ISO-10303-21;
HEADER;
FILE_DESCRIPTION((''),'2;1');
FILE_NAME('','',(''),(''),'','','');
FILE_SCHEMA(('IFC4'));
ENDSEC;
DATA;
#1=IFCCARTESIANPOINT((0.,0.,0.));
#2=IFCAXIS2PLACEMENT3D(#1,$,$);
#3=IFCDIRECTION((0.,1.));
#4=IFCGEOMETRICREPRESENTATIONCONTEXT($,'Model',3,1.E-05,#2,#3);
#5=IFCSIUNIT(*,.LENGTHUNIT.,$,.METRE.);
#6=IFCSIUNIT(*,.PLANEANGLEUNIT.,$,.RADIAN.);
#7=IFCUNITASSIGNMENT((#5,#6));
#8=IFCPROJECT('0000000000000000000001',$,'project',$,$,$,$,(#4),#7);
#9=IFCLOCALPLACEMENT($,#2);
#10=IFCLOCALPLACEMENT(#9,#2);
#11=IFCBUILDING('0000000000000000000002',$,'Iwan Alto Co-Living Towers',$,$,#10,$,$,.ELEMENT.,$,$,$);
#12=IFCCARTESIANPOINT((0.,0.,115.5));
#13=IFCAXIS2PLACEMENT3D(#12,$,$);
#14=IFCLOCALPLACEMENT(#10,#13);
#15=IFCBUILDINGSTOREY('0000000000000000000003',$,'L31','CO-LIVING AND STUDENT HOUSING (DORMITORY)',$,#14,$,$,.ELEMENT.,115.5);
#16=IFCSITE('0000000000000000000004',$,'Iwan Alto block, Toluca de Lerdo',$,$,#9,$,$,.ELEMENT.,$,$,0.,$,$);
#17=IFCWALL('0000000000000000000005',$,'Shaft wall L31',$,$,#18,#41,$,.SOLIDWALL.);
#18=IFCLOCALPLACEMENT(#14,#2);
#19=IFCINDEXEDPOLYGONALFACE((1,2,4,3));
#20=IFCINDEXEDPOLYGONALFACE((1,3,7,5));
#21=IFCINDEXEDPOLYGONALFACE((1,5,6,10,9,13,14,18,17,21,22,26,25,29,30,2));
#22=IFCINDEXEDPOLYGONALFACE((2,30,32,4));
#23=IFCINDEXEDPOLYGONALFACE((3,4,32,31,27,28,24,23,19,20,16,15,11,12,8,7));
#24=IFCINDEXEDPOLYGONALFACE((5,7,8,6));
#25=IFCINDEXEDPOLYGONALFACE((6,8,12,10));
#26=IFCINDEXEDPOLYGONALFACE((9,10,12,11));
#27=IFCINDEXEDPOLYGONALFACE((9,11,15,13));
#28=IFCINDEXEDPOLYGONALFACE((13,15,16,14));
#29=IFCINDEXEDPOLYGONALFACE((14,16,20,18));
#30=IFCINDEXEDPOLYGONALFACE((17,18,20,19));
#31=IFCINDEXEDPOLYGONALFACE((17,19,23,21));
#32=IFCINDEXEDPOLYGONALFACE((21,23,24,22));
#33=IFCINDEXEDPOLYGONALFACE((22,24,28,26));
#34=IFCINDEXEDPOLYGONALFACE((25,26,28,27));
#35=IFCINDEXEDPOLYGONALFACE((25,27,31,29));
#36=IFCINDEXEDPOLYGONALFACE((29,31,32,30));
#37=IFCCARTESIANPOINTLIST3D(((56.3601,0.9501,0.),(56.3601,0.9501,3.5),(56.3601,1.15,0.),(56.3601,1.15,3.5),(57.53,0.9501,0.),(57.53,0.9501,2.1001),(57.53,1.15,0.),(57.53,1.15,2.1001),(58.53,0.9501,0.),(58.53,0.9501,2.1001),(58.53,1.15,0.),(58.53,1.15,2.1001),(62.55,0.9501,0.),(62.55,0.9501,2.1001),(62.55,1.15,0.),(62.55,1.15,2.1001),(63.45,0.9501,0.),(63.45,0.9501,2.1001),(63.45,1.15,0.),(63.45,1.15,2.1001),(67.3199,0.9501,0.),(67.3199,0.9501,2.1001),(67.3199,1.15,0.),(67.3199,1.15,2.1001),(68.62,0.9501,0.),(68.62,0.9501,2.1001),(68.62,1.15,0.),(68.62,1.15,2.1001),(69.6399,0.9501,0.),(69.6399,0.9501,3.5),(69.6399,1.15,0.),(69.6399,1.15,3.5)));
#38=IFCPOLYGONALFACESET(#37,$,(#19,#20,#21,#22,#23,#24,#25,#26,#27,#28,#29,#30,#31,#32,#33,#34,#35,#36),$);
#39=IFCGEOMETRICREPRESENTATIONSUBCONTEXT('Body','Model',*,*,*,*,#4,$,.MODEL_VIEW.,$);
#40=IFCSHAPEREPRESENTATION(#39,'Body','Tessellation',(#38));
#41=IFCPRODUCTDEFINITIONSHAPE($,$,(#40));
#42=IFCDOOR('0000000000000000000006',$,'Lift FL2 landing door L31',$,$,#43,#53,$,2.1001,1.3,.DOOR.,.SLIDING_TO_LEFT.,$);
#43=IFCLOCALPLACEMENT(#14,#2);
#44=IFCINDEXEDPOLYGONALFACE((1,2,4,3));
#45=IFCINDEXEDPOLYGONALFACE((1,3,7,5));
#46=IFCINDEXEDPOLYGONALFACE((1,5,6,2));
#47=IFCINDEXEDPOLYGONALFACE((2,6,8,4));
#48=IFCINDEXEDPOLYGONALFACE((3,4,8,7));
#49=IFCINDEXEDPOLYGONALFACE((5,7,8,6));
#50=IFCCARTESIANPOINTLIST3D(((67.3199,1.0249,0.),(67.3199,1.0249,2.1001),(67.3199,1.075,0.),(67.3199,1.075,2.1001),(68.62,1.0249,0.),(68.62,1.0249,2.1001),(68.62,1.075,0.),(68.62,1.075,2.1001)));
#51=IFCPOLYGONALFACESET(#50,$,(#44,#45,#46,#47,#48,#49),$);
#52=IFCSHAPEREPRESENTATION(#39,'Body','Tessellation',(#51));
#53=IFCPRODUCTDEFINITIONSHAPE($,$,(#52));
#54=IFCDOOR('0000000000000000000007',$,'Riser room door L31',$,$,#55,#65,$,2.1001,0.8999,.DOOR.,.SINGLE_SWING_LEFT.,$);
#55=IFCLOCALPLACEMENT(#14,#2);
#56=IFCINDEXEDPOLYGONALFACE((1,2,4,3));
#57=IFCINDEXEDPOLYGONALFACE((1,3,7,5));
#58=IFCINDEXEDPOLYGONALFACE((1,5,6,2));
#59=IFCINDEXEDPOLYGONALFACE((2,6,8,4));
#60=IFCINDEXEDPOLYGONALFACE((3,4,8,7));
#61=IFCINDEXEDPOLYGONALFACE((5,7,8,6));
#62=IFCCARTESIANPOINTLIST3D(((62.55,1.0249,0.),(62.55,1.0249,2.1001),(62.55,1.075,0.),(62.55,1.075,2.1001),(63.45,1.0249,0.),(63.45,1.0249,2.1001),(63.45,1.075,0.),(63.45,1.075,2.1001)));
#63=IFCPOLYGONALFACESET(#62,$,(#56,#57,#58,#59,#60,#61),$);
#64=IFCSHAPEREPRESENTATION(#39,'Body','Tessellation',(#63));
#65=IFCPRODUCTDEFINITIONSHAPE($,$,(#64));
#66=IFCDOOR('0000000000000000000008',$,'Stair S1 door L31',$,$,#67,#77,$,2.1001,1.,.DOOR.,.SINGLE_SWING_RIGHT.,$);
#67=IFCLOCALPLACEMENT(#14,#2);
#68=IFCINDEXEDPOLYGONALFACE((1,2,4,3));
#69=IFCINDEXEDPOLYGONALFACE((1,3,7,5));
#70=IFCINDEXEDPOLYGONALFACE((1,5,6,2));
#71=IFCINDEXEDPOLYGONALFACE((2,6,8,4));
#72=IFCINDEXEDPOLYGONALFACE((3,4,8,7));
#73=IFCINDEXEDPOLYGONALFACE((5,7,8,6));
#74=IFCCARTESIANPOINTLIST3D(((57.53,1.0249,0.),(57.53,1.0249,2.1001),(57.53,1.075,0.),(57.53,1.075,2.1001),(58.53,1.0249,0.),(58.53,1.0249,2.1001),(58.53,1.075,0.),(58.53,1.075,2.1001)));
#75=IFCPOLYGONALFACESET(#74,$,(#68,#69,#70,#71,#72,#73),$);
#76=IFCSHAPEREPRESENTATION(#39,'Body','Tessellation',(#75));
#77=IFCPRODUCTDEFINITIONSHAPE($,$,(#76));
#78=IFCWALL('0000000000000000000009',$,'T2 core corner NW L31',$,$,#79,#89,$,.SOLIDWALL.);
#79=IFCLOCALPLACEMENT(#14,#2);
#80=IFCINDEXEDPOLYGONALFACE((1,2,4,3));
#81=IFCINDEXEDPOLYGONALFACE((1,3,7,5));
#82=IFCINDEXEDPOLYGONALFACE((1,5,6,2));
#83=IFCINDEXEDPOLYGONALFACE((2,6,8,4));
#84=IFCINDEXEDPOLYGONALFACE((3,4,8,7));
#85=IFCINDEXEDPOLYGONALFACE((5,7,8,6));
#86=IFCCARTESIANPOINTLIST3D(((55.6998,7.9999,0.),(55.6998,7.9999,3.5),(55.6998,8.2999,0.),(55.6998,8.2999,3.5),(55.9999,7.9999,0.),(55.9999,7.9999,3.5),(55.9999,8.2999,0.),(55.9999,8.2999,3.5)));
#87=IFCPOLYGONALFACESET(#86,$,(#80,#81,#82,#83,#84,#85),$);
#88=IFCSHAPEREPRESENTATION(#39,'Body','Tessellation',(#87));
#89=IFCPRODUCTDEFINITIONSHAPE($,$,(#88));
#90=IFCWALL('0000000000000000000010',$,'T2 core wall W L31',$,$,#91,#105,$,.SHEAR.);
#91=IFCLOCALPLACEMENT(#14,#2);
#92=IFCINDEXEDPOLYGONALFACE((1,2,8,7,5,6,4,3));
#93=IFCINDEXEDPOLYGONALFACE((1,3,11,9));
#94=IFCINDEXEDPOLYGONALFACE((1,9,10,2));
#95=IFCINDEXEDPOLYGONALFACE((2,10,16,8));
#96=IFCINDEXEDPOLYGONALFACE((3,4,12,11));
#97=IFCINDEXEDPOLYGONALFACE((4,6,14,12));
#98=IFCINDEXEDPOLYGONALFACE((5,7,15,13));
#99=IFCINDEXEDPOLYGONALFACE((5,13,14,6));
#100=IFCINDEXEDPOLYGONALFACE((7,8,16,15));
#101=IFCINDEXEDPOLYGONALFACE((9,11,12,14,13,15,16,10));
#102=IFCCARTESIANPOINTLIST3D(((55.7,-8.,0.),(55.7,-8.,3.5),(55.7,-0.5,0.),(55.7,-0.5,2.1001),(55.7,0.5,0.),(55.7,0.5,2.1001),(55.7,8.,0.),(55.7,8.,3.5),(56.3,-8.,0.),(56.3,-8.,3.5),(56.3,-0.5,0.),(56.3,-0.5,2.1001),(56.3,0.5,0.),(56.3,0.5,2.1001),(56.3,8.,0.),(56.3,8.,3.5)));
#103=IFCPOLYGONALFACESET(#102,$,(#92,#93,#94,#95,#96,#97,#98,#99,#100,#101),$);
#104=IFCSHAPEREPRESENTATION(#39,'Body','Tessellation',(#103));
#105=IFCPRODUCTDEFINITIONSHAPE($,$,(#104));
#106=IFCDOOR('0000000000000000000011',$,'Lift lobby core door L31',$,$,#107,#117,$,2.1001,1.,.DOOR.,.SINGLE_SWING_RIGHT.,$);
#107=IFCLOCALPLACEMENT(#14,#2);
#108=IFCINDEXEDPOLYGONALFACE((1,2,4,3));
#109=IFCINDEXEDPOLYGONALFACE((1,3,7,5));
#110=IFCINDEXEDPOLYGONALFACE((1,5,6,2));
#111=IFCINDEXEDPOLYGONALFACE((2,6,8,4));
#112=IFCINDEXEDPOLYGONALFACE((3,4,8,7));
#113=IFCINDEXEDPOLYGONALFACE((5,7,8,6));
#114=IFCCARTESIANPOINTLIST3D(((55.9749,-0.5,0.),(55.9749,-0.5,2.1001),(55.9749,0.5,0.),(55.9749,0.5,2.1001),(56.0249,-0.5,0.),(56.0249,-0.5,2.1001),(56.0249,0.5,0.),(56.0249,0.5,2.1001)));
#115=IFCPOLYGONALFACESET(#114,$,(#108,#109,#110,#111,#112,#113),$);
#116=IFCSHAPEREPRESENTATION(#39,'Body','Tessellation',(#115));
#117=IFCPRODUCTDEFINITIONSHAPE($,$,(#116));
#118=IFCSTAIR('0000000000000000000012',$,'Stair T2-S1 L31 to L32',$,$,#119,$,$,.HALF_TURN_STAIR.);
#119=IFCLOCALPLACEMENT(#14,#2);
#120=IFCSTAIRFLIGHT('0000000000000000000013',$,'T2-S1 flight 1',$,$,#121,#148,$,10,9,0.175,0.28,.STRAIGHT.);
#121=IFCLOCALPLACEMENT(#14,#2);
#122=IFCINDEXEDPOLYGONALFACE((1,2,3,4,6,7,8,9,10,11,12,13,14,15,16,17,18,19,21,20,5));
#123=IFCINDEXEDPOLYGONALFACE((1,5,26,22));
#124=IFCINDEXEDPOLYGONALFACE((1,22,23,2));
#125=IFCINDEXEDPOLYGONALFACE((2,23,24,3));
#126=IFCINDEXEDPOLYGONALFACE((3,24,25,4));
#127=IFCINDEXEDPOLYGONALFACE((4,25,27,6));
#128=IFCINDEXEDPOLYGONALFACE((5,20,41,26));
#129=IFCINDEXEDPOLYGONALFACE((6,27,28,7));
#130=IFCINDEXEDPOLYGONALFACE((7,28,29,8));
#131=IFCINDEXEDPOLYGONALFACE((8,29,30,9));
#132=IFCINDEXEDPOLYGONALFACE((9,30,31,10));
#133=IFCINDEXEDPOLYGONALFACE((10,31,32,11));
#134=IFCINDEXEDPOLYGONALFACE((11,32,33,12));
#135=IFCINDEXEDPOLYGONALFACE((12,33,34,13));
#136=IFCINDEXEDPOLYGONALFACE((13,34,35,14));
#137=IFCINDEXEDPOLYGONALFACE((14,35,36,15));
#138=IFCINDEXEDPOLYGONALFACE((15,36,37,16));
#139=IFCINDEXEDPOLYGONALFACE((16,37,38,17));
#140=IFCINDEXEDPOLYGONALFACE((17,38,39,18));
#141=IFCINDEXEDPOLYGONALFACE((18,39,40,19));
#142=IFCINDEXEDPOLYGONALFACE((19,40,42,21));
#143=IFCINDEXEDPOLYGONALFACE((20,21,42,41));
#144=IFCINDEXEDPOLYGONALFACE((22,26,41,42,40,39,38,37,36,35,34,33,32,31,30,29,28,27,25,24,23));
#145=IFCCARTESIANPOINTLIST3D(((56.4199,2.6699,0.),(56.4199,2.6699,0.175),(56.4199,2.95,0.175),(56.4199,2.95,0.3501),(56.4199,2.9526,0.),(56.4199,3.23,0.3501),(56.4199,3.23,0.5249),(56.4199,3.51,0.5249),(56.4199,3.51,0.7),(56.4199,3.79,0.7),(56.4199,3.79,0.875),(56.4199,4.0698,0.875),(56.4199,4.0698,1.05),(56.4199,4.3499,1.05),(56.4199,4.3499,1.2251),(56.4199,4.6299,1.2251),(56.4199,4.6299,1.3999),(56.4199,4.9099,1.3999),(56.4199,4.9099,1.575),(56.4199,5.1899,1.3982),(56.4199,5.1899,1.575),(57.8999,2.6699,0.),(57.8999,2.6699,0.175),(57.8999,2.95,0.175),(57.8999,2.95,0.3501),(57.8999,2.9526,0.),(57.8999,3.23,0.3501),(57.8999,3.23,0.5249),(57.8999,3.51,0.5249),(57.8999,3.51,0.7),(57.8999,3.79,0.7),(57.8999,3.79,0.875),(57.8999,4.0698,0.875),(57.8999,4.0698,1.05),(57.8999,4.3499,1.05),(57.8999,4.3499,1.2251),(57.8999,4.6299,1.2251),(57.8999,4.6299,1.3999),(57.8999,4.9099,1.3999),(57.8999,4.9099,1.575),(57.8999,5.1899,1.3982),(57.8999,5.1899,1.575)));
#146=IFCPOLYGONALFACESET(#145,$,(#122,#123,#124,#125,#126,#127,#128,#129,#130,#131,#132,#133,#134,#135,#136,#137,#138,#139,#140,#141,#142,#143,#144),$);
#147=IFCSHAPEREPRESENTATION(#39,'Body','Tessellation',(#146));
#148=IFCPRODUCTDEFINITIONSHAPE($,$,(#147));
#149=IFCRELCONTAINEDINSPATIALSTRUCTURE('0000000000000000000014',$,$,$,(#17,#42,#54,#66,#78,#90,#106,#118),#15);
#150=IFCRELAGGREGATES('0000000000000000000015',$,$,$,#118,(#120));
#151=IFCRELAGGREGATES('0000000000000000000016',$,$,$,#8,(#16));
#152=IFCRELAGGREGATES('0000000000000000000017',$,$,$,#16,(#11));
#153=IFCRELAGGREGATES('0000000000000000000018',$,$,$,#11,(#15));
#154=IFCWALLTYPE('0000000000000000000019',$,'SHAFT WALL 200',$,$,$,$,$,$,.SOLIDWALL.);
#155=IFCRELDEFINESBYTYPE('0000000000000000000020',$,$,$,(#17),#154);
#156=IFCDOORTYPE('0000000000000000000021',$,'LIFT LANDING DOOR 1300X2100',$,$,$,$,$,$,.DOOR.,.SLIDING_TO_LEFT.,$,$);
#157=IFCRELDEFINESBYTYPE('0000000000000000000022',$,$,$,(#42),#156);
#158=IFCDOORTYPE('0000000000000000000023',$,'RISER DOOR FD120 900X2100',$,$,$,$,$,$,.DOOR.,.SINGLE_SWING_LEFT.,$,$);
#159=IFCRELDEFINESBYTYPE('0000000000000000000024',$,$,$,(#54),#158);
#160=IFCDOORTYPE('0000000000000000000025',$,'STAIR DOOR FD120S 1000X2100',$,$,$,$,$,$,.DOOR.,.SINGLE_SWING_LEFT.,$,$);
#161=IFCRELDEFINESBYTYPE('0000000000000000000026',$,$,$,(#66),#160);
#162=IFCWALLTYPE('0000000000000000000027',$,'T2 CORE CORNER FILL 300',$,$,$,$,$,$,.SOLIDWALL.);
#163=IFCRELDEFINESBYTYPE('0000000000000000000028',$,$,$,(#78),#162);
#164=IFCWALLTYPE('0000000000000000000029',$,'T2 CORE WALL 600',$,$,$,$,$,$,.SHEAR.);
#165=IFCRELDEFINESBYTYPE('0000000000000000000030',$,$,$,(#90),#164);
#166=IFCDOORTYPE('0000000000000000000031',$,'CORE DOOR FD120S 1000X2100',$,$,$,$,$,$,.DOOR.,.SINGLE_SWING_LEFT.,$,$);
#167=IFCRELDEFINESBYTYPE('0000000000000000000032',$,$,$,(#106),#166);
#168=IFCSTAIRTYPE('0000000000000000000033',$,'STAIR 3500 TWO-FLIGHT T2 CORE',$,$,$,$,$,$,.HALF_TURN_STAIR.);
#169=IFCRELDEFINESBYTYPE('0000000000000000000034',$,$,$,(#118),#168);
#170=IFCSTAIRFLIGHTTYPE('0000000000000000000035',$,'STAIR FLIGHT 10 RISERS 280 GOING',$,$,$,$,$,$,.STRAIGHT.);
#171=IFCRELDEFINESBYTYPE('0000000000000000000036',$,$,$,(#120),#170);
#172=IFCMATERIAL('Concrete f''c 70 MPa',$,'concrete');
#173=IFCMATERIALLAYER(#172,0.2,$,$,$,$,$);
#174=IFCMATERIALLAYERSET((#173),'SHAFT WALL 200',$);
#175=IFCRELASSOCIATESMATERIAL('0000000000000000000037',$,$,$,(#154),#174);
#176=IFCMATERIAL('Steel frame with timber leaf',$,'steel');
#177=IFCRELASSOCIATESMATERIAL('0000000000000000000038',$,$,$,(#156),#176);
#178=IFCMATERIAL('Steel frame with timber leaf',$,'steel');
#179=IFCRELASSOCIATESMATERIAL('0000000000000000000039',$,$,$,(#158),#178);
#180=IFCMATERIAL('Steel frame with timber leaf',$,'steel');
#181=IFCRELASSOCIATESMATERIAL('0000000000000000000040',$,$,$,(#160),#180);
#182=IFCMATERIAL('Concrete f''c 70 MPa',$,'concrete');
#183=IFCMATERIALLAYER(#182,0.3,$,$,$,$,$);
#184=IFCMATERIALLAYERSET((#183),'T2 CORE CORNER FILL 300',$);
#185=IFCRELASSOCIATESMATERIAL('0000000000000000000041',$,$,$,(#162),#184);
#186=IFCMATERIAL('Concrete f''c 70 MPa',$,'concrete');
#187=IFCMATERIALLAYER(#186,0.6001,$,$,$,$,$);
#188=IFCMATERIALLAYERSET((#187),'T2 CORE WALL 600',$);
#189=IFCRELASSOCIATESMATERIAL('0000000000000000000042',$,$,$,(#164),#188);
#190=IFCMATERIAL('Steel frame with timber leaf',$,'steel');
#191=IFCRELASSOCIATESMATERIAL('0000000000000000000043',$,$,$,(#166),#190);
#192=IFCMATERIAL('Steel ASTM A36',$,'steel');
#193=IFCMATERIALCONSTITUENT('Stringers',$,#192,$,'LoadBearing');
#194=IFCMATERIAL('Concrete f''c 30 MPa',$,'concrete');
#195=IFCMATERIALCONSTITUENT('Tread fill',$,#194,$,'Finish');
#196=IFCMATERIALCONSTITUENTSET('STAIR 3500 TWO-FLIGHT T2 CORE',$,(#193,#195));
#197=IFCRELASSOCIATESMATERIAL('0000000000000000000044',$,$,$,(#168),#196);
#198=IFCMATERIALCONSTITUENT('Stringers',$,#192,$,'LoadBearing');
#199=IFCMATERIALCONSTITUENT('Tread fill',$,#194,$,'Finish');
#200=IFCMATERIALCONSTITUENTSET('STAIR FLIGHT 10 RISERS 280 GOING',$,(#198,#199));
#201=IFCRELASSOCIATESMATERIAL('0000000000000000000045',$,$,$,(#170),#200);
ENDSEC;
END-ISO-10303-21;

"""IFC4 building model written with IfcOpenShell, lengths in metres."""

from ifc_helpers import new_model, si_unit, direction, frame, frame_2d, origin, place, context, subcontext, project, spatial, polyline, rectangle, outline, extrude, material, layer, layer_set, constituent, constituent_set, type_object, element, fill, aggregate, save


model = new_model("IFC4")

# Units and contexts
model_context = context("Model", 3, precision=1e-05, world=origin(), true_north=direction((0.0, 1.0)))
body_context = subcontext(model_context, "Body", "Model", "MODEL_VIEW")
ifc_project = project(units=[si_unit("LENGTHUNIT", "METRE"), si_unit("PLANEANGLEUNIT", "RADIAN")], contexts=[model_context])

# Site, building, storey
site_placement = place(None, origin())
site = spatial("IfcSite", under=ifc_project, at=site_placement, Name="Iwan Alto block, Toluca de Lerdo", CompositionType="ELEMENT", RefElevation=0.0)
building_placement = place(site_placement, origin())
building = spatial("IfcBuilding", under=site, at=building_placement, Name="Iwan Alto Co-Living Towers", CompositionType="ELEMENT")
storey_placement = place(building_placement, frame((0.0, 0.0, 115.5)))
storey = spatial("IfcBuildingStorey", under=building, at=storey_placement, Name="L31", Description="CO-LIVING AND STUDENT HOUSING (DORMITORY)", CompositionType="ELEMENT", Elevation=115.5)

# Wall, openings, doors
ifc_material_1 = material(Name="Concrete f'c 70 MPa", Category="concrete")
ifc_layer_1 = layer(ifc_material_1, 0.2)
ifc_layer_set_1 = layer_set([ifc_layer_1], Name="SHAFT WALL 200")
wall_type_1 = type_object("IfcWallType", Name="SHAFT WALL 200", PredefinedType="SOLIDWALL", material=ifc_layer_set_1)
wall_1_placement = place(storey_placement, frame((56.3601, 1.05, 0.0), z_axis=(0.0, 0.0, 1.0), x_axis=(1.0, 0.0, 0.0)))
wall_1 = element("IfcWall", 1, at=wall_1_placement, inside=storey, type_object=wall_type_1, Name="Shaft wall L31", PredefinedType="SOLIDWALL", context=body_context, shape_type="SweptSolid", body=[
    extrude(rectangle(XDim=13.2798, YDim=0.2, at=frame_2d((6.6399, 0.0))), origin(), (0.0, 0.0, 1.0), 3.5),
])
opening_1_placement = place(wall_1_placement, frame((1.1699, 0.0, 0.0)))
opening_1 = element("IfcOpeningElement", 2, at=opening_1_placement, cuts=wall_1, PredefinedType="OPENING", context=body_context, shape_type="SweptSolid", body=[
    extrude(rectangle(XDim=1.0, YDim=2.1001, at=frame_2d((0.5, 1.05))), frame((0.0, 0.1099, 0.0), z_axis=(0.0, -1.0, 0.0), x_axis=(1.0, 0.0, 0.0)), (0.0, 0.0, 1.0), 0.22),
])
opening_2_placement = place(wall_1_placement, frame((6.1899, 0.0, 0.0)))
opening_2 = element("IfcOpeningElement", 3, at=opening_2_placement, cuts=wall_1, PredefinedType="OPENING", context=body_context, shape_type="SweptSolid", body=[
    extrude(rectangle(XDim=0.8999, YDim=2.1001, at=frame_2d((0.45, 1.05))), frame((0.0, 0.1099, 0.0), z_axis=(0.0, -1.0, 0.0), x_axis=(1.0, 0.0, 0.0)), (0.0, 0.0, 1.0), 0.22),
])
opening_3_placement = place(wall_1_placement, frame((10.96, 0.0, 0.0)))
opening_3 = element("IfcOpeningElement", 4, at=opening_3_placement, cuts=wall_1, PredefinedType="OPENING", context=body_context, shape_type="SweptSolid", body=[
    extrude(rectangle(XDim=1.3, YDim=2.1001, at=frame_2d((0.6499, 1.05))), frame((0.0, 0.1099, 0.0), z_axis=(0.0, -1.0, 0.0), x_axis=(1.0, 0.0, 0.0)), (0.0, 0.0, 1.0), 0.22),
])
ifc_material_2 = material(Name="Steel frame with timber leaf", Category="steel")
door_type_1 = type_object("IfcDoorType", Name="LIFT LANDING DOOR 1300X2100", OperationType="SLIDING_TO_LEFT", PredefinedType="DOOR", material=ifc_material_2)
door_1_placement = place(opening_3_placement, origin())
door_1 = element("IfcDoor", 5, at=door_1_placement, inside=storey, type_object=door_type_1, Name="Lift FL2 landing door L31", OperationType="SLIDING_TO_LEFT", OverallHeight=2.1001, OverallWidth=1.3, PredefinedType="DOOR", context=body_context, shape_type="SweptSolid", body=[
    extrude(rectangle(XDim=1.3, YDim=2.1001, at=frame_2d((0.6499, 1.05))), frame((0.0, 0.0249, 0.0), z_axis=(0.0, -1.0, 0.0), x_axis=(1.0, 0.0, 0.0)), (0.0, 0.0, 1.0), 0.05),
])
fill(opening_3, door_1)
ifc_material_3 = material(Name="Steel frame with timber leaf", Category="steel")
door_type_2 = type_object("IfcDoorType", Name="RISER DOOR FD120 900X2100", OperationType="SINGLE_SWING_LEFT", PredefinedType="DOOR", material=ifc_material_3)
door_2_placement = place(opening_2_placement, origin())
door_2 = element("IfcDoor", 6, at=door_2_placement, inside=storey, type_object=door_type_2, Name="Riser room door L31", OperationType="SINGLE_SWING_LEFT", OverallHeight=2.1001, OverallWidth=0.8999, PredefinedType="DOOR", context=body_context, shape_type="SweptSolid", body=[
    extrude(rectangle(XDim=0.8999, YDim=2.1001, at=frame_2d((0.45, 1.05))), frame((0.0, 0.0249, 0.0), z_axis=(0.0, -1.0, 0.0), x_axis=(1.0, 0.0, 0.0)), (0.0, 0.0, 1.0), 0.05),
])
fill(opening_2, door_2)
ifc_material_4 = material(Name="Steel frame with timber leaf", Category="steel")
door_type_3 = type_object("IfcDoorType", Name="STAIR DOOR FD120S 1000X2100", OperationType="SINGLE_SWING_LEFT", PredefinedType="DOOR", material=ifc_material_4)
door_3_placement = place(opening_1_placement, origin())
door_3 = element("IfcDoor", 7, at=door_3_placement, inside=storey, type_object=door_type_3, Name="Stair S1 door L31", OperationType="SINGLE_SWING_RIGHT", OverallHeight=2.1001, OverallWidth=1.0, PredefinedType="DOOR", context=body_context, shape_type="SweptSolid", body=[
    extrude(rectangle(XDim=1.0, YDim=2.1001, at=frame_2d((0.5, 1.05))), frame((0.0, 0.0249, 0.0), z_axis=(0.0, -1.0, 0.0), x_axis=(1.0, 0.0, 0.0)), (0.0, 0.0, 1.0), 0.05),
])
fill(opening_1, door_3)

# Wall
ifc_material_5 = material(Name="Concrete f'c 70 MPa", Category="concrete")
ifc_layer_2 = layer(ifc_material_5, 0.3)
ifc_layer_set_2 = layer_set([ifc_layer_2], Name="T2 CORE CORNER FILL 300")
wall_type_2 = type_object("IfcWallType", Name="T2 CORE CORNER FILL 300", PredefinedType="SOLIDWALL", material=ifc_layer_set_2)
wall_2_placement = place(storey_placement, frame((55.7, 8.1499, 0.0), z_axis=(0.0, 0.0, 1.0), x_axis=(1.0, 0.0, 0.0)))
element("IfcWall", 8, at=wall_2_placement, inside=storey, type_object=wall_type_2, Name="T2 core corner NW L31", PredefinedType="SOLIDWALL", context=body_context, shape_type="SweptSolid", body=[
    extrude(rectangle(XDim=0.3, YDim=0.3, at=frame_2d((0.1499, 0.0))), origin(), (0.0, 0.0, 1.0), 3.5),
])

# Wall, opening, door
ifc_material_6 = material(Name="Concrete f'c 70 MPa", Category="concrete")
ifc_layer_3 = layer(ifc_material_6, 0.6001)
ifc_layer_set_3 = layer_set([ifc_layer_3], Name="T2 CORE WALL 600")
wall_type_3 = type_object("IfcWallType", Name="T2 CORE WALL 600", PredefinedType="SHEAR", material=ifc_layer_set_3)
wall_3_placement = place(storey_placement, frame((56.0, 8.0, 0.0), z_axis=(0.0, 0.0, 1.0), x_axis=(0.0, -1.0, 0.0)))
wall_3 = element("IfcWall", 9, at=wall_3_placement, inside=storey, type_object=wall_type_3, Name="T2 core wall W L31", PredefinedType="SHEAR", context=body_context, shape_type="SweptSolid", body=[
    extrude(rectangle(XDim=16.0, YDim=0.6001, at=frame_2d((8.0, 0.0))), origin(), (0.0, 0.0, 1.0), 3.5),
])
opening_4_placement = place(wall_3_placement, frame((7.5, 0.0, 0.0)))
opening_4 = element("IfcOpeningElement", 10, at=opening_4_placement, cuts=wall_3, PredefinedType="OPENING", context=body_context, shape_type="SweptSolid", body=[
    extrude(rectangle(XDim=1.0, YDim=2.1001, at=frame_2d((0.5, 1.05))), frame((0.0, 0.3101, 0.0), z_axis=(0.0, -1.0, 0.0), x_axis=(1.0, 0.0, 0.0)), (0.0, 0.0, 1.0), 0.6201),
])
ifc_material_7 = material(Name="Steel frame with timber leaf", Category="steel")
door_type_4 = type_object("IfcDoorType", Name="CORE DOOR FD120S 1000X2100", OperationType="SINGLE_SWING_LEFT", PredefinedType="DOOR", material=ifc_material_7)
door_4_placement = place(opening_4_placement, origin())
door_4 = element("IfcDoor", 11, at=door_4_placement, inside=storey, type_object=door_type_4, Name="Lift lobby core door L31", OperationType="SINGLE_SWING_RIGHT", OverallHeight=2.1001, OverallWidth=1.0, PredefinedType="DOOR", context=body_context, shape_type="SweptSolid", body=[
    extrude(rectangle(XDim=1.0, YDim=2.1001, at=frame_2d((0.5, 1.05))), frame((0.0, 0.0249, 0.0), z_axis=(0.0, -1.0, 0.0), x_axis=(1.0, 0.0, 0.0)), (0.0, 0.0, 1.0), 0.05),
])
fill(opening_4, door_4)

# Stair, stair flight
ifc_material_8 = material(Name="Steel ASTM A36", Category="steel")
ifc_constituent_1 = constituent(ifc_material_8, Name="Stringers", Category="LoadBearing")
ifc_material_9 = material(Name="Concrete f'c 30 MPa", Category="concrete")
ifc_constituent_2 = constituent(ifc_material_9, Name="Tread fill", Category="Finish")
ifc_constituent_set_1 = constituent_set(constituents=[ifc_constituent_1, ifc_constituent_2], Name="STAIR 3500 TWO-FLIGHT T2 CORE")
stair_type = type_object("IfcStairType", Name="STAIR 3500 TWO-FLIGHT T2 CORE", PredefinedType="HALF_TURN_STAIR", material=ifc_constituent_set_1)
stair_placement = place(storey_placement, origin())
stair = element("IfcStair", 12, at=stair_placement, inside=storey, type_object=stair_type, Name="Stair T2-S1 L31 to L32", PredefinedType="HALF_TURN_STAIR")
ifc_constituent_3 = constituent(ifc_material_8, Name="Stringers", Category="LoadBearing")
ifc_constituent_4 = constituent(ifc_material_9, Name="Tread fill", Category="Finish")
ifc_constituent_set_2 = constituent_set(constituents=[ifc_constituent_3, ifc_constituent_4], Name="STAIR FLIGHT 10 RISERS 280 GOING")
stair_flight_type = type_object("IfcStairFlightType", Name="STAIR FLIGHT 10 RISERS 280 GOING", PredefinedType="STRAIGHT", material=ifc_constituent_set_2)
stair_flight_placement = place(storey_placement, frame((57.1599, 2.6699, 0.0), z_axis=(0.0, 0.0, 1.0), x_axis=(0.0, 1.0, 0.0)))
stair_flight = element("IfcStairFlight", 13, at=stair_flight_placement, type_object=stair_flight_type, Name="T2-S1 flight 1", NumberOfRisers=10, NumberOfTreads=9, PredefinedType="STRAIGHT", RiserHeight=0.175, TreadLength=0.28, context=body_context, shape_type="SweptSolid", body=[
    extrude(outline(polyline([(0.0, 0.0), (0.0, 0.175), (0.28, 0.175), (0.28, 0.3501), (0.5601, 0.3501), (0.5601, 0.5249), (0.8401, 0.5249), (0.8401, 0.7), (1.1201, 0.7), (1.1201, 0.875), (1.3999, 0.875), (1.3999, 1.05), (1.6799, 1.05), (1.6799, 1.2251), (1.96, 1.2251), (1.96, 1.3999), (2.24, 1.3999), (2.24, 1.575), (2.52, 1.575), (2.52, 1.75), (2.52, 1.3982), (0.2827, 0.0), (0.0, 0.0)])), frame((0.0, 0.74, 0.0), z_axis=(0.0, -1.0, 0.0), x_axis=(1.0, 0.0, 0.0)), (0.0, 0.0, 1.0), 1.48),
])
aggregate(stair, [stair_flight])

save(model, "model.ifc")
